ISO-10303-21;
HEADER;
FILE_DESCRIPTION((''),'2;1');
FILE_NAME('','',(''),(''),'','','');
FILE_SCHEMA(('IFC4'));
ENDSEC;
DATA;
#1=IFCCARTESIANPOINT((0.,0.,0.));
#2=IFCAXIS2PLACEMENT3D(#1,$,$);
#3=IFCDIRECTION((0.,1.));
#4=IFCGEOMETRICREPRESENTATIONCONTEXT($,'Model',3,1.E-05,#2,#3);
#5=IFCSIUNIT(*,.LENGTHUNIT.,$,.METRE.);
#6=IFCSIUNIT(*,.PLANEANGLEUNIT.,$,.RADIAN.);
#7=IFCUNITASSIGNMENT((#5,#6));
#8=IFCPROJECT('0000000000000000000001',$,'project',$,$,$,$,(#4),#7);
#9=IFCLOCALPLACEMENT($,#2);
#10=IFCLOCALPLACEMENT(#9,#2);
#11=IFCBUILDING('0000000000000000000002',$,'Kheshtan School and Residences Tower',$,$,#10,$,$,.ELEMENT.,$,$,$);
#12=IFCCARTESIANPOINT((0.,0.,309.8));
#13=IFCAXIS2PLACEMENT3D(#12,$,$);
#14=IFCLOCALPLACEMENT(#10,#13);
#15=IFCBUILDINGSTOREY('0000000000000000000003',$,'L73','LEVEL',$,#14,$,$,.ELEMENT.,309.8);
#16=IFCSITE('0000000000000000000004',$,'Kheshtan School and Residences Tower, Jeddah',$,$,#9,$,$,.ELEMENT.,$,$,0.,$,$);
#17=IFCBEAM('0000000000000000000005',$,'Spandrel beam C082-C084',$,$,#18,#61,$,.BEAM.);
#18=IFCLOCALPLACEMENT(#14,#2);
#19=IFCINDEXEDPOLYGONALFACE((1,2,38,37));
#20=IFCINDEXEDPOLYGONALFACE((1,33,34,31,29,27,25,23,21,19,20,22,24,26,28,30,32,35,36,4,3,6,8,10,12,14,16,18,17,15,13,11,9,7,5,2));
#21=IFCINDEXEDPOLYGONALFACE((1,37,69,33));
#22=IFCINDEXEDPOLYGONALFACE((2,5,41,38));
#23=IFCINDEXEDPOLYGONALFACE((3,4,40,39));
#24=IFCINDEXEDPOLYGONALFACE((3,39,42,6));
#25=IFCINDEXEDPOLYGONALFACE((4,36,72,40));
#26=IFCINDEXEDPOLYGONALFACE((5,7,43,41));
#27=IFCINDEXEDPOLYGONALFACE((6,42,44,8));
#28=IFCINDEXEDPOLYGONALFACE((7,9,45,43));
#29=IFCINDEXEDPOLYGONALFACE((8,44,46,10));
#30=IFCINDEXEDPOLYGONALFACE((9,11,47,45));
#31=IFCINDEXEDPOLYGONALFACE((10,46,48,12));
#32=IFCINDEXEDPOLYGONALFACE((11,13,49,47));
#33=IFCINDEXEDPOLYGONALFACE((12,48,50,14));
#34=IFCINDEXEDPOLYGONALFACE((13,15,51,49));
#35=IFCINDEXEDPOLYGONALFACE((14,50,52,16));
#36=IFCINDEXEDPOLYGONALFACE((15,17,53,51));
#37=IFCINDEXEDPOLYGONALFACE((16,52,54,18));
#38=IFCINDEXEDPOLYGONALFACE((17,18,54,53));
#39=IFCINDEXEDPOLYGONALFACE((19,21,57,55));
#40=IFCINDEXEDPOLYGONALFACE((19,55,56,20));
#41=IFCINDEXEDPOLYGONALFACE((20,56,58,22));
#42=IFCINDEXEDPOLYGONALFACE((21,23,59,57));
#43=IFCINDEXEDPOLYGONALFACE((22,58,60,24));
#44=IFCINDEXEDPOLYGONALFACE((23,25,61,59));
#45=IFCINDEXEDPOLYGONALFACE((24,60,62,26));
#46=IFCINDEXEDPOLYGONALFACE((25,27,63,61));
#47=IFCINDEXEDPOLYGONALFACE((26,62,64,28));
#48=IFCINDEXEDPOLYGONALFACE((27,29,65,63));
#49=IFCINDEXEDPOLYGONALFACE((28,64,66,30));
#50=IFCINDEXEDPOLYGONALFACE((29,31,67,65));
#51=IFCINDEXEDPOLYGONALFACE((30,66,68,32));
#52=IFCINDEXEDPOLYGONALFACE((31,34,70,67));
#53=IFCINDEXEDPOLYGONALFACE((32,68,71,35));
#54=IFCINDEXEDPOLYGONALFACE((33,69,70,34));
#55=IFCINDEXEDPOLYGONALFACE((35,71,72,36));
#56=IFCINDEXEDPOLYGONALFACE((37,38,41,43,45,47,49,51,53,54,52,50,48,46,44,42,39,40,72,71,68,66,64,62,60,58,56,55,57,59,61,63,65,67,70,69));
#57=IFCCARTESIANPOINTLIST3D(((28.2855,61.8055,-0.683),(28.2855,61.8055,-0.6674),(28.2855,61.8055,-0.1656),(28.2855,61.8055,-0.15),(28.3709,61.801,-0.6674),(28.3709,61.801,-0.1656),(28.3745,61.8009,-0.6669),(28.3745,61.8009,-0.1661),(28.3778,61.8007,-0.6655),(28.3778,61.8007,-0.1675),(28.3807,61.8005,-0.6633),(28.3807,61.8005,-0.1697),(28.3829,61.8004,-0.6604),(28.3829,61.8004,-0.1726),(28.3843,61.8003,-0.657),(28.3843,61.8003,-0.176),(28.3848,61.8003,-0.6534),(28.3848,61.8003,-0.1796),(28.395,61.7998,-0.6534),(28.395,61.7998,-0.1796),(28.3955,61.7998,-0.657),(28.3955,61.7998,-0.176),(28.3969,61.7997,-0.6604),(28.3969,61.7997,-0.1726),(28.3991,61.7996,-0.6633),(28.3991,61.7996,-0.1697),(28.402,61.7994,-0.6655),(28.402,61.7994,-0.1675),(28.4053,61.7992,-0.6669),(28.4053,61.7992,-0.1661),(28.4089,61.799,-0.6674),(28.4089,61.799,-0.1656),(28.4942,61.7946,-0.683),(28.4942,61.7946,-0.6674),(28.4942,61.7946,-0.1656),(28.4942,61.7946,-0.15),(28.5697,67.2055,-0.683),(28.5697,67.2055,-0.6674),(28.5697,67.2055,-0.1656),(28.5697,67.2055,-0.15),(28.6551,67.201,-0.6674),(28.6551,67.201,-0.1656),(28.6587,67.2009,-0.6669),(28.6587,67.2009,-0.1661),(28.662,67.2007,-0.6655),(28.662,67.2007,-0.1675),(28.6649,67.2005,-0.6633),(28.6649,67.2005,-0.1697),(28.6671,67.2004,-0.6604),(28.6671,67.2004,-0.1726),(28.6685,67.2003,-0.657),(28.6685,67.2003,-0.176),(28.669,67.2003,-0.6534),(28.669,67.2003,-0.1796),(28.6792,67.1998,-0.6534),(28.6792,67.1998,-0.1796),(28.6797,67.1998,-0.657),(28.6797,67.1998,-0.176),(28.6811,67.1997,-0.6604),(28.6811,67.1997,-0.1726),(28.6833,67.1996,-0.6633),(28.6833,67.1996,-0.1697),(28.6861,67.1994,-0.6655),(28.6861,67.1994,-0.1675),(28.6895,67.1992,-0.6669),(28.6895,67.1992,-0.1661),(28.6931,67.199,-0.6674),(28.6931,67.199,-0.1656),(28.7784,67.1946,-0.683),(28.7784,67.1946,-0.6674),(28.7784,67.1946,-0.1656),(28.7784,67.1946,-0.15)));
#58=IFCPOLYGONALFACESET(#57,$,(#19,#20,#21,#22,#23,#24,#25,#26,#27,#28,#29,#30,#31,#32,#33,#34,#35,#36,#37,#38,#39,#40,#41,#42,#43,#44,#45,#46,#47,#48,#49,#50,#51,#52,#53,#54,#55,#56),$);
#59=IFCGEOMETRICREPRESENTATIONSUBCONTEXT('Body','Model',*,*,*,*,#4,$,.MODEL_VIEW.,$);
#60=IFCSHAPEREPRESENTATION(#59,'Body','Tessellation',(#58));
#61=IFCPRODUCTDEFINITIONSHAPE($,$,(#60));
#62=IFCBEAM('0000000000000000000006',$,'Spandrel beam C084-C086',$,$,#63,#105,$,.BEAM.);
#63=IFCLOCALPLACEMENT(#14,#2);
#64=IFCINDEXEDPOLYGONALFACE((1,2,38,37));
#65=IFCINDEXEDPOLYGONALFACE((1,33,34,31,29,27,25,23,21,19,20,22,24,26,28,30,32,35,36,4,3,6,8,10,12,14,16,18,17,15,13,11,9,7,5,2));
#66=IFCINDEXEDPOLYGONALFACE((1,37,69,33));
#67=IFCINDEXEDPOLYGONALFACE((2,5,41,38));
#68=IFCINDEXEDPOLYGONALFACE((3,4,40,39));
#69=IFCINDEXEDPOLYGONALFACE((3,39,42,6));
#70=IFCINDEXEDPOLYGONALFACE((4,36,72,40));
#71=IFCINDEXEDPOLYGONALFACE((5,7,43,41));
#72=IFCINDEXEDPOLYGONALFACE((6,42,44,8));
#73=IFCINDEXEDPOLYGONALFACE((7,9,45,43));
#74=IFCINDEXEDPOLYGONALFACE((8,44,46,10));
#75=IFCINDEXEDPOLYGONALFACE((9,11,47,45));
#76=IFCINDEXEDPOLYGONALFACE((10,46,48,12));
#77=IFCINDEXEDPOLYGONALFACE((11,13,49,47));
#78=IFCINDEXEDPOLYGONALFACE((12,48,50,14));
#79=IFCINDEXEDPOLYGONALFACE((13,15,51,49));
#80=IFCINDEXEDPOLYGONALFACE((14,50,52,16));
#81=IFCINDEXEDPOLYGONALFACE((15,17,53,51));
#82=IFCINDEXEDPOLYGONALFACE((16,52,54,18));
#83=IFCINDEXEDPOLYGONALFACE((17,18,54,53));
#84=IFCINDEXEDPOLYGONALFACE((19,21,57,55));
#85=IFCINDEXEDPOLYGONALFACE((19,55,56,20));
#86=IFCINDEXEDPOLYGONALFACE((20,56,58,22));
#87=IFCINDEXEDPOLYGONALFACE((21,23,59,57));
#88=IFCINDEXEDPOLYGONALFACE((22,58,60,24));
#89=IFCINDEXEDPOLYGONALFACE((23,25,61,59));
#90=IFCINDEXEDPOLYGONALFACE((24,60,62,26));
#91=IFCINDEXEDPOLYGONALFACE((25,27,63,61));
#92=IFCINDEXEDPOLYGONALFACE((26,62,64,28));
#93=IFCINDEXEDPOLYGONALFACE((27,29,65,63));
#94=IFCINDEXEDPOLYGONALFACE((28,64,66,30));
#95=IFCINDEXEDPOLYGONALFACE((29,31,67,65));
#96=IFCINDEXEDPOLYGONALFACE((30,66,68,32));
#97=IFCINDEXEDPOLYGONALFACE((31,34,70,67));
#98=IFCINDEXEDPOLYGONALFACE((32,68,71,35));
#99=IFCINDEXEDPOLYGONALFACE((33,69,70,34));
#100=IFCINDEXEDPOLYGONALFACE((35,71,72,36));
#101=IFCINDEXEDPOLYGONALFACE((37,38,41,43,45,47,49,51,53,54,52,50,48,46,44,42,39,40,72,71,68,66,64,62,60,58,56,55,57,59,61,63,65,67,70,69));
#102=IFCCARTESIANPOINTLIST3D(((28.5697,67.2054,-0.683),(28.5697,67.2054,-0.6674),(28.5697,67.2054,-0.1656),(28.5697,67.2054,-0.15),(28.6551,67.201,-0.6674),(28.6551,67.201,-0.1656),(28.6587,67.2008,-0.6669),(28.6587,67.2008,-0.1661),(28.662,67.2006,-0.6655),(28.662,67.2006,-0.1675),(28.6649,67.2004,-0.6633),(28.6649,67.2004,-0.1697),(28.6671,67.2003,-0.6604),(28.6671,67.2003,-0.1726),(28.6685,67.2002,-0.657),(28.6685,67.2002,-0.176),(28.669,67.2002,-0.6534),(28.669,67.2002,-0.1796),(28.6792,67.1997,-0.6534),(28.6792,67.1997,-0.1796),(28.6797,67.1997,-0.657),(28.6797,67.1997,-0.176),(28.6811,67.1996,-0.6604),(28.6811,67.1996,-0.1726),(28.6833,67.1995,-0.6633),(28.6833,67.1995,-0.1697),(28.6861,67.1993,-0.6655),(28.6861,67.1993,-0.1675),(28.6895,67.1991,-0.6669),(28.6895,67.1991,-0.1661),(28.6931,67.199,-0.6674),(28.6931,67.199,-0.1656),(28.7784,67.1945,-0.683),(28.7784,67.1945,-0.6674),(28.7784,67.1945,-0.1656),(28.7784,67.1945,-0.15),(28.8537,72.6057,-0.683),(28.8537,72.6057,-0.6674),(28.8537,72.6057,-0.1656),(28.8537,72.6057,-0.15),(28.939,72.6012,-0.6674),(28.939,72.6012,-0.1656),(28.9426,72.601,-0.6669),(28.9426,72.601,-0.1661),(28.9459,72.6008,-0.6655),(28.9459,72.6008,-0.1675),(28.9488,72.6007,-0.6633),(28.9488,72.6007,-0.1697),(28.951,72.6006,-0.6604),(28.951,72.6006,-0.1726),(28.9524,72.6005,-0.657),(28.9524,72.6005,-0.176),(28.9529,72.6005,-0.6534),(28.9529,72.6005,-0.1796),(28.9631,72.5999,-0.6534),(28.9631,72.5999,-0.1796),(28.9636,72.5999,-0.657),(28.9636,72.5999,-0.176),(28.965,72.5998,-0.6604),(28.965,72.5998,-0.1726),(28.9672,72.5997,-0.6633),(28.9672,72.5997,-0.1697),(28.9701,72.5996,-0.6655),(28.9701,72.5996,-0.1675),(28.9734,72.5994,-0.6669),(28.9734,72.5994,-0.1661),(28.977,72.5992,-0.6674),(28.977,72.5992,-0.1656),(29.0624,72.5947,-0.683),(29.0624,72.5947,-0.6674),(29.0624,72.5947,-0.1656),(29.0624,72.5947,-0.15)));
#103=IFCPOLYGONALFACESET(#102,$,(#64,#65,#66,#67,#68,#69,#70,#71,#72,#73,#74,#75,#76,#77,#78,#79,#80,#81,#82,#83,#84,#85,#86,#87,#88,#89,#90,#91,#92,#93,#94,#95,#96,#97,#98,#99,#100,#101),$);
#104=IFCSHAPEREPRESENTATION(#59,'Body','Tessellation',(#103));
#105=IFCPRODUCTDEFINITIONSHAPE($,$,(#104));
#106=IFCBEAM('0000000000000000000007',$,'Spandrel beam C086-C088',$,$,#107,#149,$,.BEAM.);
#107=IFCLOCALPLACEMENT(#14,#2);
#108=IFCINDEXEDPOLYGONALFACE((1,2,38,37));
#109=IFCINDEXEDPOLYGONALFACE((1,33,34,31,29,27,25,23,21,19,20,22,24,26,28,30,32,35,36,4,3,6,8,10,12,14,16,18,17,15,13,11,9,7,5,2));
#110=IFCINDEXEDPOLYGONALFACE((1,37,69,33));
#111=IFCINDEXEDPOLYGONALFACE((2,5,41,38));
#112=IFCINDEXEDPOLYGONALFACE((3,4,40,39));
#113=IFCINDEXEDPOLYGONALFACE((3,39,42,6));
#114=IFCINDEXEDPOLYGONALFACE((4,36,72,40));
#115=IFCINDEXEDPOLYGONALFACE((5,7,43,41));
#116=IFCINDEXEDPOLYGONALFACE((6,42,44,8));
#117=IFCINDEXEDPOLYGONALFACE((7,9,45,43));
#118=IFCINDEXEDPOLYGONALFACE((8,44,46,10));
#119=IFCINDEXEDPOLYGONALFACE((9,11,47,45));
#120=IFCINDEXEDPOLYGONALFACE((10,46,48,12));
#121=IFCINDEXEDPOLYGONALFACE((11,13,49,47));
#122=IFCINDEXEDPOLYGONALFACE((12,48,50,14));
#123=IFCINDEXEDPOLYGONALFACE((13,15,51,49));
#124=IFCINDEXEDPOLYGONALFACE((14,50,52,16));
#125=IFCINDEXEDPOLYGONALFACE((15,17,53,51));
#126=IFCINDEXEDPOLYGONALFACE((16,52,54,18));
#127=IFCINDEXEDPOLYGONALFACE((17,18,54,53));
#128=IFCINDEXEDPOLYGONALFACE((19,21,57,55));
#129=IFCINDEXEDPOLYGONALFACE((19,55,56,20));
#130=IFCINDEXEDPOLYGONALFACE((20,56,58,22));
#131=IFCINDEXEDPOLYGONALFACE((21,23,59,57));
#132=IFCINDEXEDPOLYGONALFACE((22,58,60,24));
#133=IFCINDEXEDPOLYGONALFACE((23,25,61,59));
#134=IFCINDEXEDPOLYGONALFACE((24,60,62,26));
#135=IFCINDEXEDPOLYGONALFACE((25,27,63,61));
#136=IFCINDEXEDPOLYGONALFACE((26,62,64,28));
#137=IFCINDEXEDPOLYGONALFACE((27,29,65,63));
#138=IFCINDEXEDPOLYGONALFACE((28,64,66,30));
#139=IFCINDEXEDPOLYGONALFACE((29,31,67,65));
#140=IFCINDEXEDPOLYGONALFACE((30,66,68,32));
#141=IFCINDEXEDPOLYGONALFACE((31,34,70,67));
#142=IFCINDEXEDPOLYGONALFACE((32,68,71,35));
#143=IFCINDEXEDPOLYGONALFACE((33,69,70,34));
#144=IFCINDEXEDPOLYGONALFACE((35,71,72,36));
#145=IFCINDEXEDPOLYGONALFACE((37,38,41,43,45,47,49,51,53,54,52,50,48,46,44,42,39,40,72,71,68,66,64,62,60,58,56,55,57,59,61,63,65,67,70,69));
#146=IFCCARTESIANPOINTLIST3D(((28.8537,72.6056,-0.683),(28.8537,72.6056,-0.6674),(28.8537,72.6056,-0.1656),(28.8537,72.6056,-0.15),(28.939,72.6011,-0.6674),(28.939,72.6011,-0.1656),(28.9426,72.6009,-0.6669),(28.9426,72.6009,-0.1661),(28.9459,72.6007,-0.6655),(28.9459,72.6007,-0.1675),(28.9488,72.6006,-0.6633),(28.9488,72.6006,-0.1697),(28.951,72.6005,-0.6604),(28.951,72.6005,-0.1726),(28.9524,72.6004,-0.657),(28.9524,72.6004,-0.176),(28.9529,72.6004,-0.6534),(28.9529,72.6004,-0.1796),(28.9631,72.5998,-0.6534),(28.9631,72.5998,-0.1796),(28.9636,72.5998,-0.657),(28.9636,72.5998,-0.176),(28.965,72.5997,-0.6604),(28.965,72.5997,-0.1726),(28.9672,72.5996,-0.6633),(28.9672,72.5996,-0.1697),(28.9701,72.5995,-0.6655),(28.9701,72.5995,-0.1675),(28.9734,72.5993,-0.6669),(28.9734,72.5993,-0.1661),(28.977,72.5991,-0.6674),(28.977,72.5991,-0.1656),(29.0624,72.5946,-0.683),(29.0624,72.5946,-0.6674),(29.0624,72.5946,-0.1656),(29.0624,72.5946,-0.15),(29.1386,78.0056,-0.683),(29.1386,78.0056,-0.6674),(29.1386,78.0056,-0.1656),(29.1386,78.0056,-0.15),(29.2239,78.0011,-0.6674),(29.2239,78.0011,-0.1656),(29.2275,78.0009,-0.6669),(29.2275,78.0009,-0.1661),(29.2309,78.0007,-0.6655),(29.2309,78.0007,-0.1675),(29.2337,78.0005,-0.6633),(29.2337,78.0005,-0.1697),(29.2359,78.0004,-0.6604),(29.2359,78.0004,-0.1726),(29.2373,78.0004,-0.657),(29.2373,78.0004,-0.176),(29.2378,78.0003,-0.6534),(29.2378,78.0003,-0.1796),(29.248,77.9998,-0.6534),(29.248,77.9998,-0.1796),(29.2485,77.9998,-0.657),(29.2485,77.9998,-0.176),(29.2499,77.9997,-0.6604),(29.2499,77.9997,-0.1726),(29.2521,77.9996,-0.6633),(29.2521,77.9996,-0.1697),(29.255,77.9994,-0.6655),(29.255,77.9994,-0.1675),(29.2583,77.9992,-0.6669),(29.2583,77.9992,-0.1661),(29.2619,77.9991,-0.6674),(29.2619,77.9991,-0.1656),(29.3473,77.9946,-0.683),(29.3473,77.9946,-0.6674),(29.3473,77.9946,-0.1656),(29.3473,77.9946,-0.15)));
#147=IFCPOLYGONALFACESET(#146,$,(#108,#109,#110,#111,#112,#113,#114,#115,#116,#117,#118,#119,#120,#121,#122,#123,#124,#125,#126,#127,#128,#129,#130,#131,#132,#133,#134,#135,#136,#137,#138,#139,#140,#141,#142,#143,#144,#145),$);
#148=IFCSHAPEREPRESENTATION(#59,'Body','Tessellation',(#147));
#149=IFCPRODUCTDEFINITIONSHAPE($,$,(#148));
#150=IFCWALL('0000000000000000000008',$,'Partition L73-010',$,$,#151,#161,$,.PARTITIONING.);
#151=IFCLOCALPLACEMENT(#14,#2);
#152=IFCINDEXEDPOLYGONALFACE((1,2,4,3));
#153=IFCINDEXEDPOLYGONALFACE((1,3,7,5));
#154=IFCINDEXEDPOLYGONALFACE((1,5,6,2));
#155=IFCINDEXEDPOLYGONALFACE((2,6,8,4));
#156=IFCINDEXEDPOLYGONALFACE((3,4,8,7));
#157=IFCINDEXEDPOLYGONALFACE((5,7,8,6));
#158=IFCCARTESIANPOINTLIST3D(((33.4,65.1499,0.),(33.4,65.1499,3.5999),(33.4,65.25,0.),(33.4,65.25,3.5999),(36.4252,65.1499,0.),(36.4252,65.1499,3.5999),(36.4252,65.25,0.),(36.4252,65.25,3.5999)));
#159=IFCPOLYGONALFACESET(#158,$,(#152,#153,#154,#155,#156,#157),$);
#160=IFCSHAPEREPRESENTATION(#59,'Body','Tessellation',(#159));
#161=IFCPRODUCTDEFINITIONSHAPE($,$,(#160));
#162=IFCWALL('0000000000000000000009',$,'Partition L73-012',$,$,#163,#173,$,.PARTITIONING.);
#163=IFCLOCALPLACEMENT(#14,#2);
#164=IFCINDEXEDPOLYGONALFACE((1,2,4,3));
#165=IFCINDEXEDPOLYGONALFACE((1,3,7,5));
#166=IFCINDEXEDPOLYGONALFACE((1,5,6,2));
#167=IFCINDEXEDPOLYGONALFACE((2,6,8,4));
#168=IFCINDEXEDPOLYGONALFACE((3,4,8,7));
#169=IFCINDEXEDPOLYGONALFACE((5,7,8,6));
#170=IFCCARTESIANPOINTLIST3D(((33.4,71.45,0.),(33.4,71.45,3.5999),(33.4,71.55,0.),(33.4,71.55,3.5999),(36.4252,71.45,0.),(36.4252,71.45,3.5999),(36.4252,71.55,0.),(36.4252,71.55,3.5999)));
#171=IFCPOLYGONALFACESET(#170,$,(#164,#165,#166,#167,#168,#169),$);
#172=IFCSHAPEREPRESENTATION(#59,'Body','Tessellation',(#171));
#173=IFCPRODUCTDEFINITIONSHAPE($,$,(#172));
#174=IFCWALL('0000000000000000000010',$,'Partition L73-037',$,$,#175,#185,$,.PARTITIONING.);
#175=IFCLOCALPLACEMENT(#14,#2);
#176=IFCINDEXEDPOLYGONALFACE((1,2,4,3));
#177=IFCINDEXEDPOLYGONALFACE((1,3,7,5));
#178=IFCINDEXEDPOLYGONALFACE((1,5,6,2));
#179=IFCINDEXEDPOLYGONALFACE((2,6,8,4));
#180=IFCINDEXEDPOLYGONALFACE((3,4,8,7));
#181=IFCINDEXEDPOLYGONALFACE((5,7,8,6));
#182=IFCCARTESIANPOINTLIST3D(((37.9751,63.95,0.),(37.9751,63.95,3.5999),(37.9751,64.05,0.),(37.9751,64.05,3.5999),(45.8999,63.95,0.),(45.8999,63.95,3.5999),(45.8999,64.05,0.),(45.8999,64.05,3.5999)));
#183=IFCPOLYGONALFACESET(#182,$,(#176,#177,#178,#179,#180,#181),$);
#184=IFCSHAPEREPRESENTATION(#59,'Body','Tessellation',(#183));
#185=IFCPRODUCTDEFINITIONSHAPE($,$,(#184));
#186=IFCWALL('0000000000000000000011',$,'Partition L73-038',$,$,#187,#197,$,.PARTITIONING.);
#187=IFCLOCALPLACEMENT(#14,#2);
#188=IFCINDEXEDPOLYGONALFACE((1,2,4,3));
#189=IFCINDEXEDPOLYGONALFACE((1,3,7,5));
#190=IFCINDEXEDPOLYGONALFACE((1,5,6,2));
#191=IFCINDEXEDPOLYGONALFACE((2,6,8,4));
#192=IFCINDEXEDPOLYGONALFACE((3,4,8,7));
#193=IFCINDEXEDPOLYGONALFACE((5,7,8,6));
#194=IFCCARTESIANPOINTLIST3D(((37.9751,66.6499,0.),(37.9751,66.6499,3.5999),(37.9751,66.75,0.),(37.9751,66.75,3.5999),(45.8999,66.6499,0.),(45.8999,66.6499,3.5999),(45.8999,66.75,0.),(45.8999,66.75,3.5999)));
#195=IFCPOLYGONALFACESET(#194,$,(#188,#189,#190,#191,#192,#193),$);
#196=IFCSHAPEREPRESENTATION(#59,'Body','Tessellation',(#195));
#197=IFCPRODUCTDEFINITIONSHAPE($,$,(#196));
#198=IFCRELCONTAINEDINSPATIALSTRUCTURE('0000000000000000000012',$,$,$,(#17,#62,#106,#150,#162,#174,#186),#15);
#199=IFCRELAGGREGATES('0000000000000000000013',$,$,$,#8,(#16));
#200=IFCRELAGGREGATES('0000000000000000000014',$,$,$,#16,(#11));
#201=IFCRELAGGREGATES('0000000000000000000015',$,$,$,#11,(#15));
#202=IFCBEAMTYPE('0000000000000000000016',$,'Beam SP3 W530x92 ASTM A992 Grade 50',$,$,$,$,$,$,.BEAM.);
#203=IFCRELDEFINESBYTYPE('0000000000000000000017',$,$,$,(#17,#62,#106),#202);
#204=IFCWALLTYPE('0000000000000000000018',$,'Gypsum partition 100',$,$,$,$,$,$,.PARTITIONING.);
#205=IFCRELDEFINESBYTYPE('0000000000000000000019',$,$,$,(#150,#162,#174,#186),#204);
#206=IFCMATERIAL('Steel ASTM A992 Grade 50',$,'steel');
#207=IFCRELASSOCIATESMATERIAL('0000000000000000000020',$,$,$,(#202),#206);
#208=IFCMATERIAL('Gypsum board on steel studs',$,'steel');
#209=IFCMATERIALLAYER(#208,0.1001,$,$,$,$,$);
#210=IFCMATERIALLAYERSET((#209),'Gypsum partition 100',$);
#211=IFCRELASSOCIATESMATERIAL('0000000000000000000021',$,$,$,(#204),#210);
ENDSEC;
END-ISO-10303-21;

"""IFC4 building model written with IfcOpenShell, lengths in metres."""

from ifc_helpers import new_model, si_unit, direction, frame, frame_2d, origin, origin_2d, place, context, subcontext, project, spatial, rectangle, i_section, extrude, material, layer, layer_set, material_profile, profile_set, type_object, element, save


model = new_model("IFC4")

# Units and contexts
model_context = context("Model", 3, precision=1e-05, world=origin(), true_north=direction((0.0, 1.0)))
body_context = subcontext(model_context, "Body", "Model", "MODEL_VIEW")
ifc_project = project(units=[si_unit("LENGTHUNIT", "METRE"), si_unit("PLANEANGLEUNIT", "RADIAN")], contexts=[model_context])

# Site, building, storey
site_placement = place(None, origin())
site = spatial("IfcSite", under=ifc_project, at=site_placement, Name="Kheshtan School and Residences Tower, Jeddah", CompositionType="ELEMENT", RefElevation=0.0)
building_placement = place(site_placement, origin())
building = spatial("IfcBuilding", under=site, at=building_placement, Name="Kheshtan School and Residences Tower", CompositionType="ELEMENT")
storey_placement = place(building_placement, frame((0.0, 0.0, 309.8)))
storey = spatial("IfcBuildingStorey", under=building, at=storey_placement, Name="L73", Description="LEVEL", CompositionType="ELEMENT", Elevation=309.8)

# Shared definitions
ifc_material_1 = material(Name="Steel ASTM A992 Grade 50", Category="steel")

# Beams
ifc_material_profile_1 = material_profile(ifc_material_1, i_section(OverallWidth=0.209, OverallDepth=0.533, WebThickness=0.0103, FlangeThickness=0.0156, FilletRadius=0.0139, at=origin_2d()), Name="W530x92")
ifc_profile_set_1 = profile_set([ifc_material_profile_1], Name="Steel ASTM A992 Grade 50")
beam_type_1 = type_object("IfcBeamType", Name="Beam SP3 W530x92 ASTM A992 Grade 50", PredefinedType="BEAM", material=ifc_profile_set_1)
beam_1_placement = place(storey_placement, frame((28.3899, 61.8, -0.4165), z_axis=(0.052554, 0.998618, 0.0), x_axis=(-0.998618, 0.052554, 0.0)))
element("IfcBeam", 1, at=beam_1_placement, inside=storey, type_object=beam_type_1, Name="Spandrel beam C082-C084", PredefinedType="BEAM", context=body_context, shape_type="SweptSolid", body=[
    extrude(i_section(OverallWidth=0.209, OverallDepth=0.533, WebThickness=0.0103, FlangeThickness=0.0156, FilletRadius=0.0139, at=origin_2d()), origin(), (0.0, 0.0, 1.0), 5.4075),
])
beam_2_placement = place(storey_placement, frame((28.6741, 67.2, -0.4165), z_axis=(0.052507, 0.998621, 0.0), x_axis=(-0.998621, 0.052507, 0.0)))
element("IfcBeam", 2, at=beam_2_placement, inside=storey, type_object=beam_type_1, Name="Spandrel beam C084-C086", PredefinedType="BEAM", context=body_context, shape_type="SweptSolid", body=[
    extrude(i_section(OverallWidth=0.209, OverallDepth=0.533, WebThickness=0.0103, FlangeThickness=0.0156, FilletRadius=0.0139, at=origin_2d()), origin(), (0.0, 0.0, 1.0), 5.4077),
])
beam_3_placement = place(storey_placement, frame((28.958, 72.6001, -0.4165), z_axis=(0.052689, 0.998611, 0.0), x_axis=(-0.998611, 0.052689, 0.0)))
element("IfcBeam", 3, at=beam_3_placement, inside=storey, type_object=beam_type_1, Name="Spandrel beam C086-C088", PredefinedType="BEAM", context=body_context, shape_type="SweptSolid", body=[
    extrude(i_section(OverallWidth=0.209, OverallDepth=0.533, WebThickness=0.0103, FlangeThickness=0.0156, FilletRadius=0.0139, at=origin_2d()), origin(), (0.0, 0.0, 1.0), 5.4075),
])

# Walls
ifc_material_2 = material(Name="Gypsum board on steel studs", Category="steel")
ifc_layer_1 = layer(ifc_material_2, 0.1001)
ifc_layer_set_1 = layer_set([ifc_layer_1], Name="Gypsum partition 100")
wall_type_1 = type_object("IfcWallType", Name="Gypsum partition 100", PredefinedType="PARTITIONING", material=ifc_layer_set_1)
for number, where, z_axis, x_axis, name in (
    (4, (33.3999, 65.2, 0.0), (0.0, 0.0, 1.0), (1.0, 0.0, 0.0), "Partition L73-010"),
    (5, (33.3999, 71.5, 0.0), (0.0, 0.0, 1.0), (1.0, 0.0, 0.0), "Partition L73-012"),
):
    element("IfcWall", number, at=place(storey_placement, frame(where, z_axis=z_axis, x_axis=x_axis)), inside=storey, type_object=wall_type_1, Name=name, PredefinedType="PARTITIONING", context=body_context, shape_type="SweptSolid", body=[
        extrude(rectangle(XDim=3.0251, YDim=0.1001, at=frame_2d((1.5127, 0.0))), origin(), (0.0, 0.0, 1.0), 3.5999),
    ])
for number, where, z_axis, x_axis, name in (
    (6, (37.9751, 64.0, 0.0), (0.0, 0.0, 1.0), (1.0, 0.0, 0.0), "Partition L73-037"),
    (7, (37.9751, 66.7, 0.0), (0.0, 0.0, 1.0), (1.0, 0.0, 0.0), "Partition L73-038"),
):
    element("IfcWall", number, at=place(storey_placement, frame(where, z_axis=z_axis, x_axis=x_axis)), inside=storey, type_object=wall_type_1, Name=name, PredefinedType="PARTITIONING", context=body_context, shape_type="SweptSolid", body=[
        extrude(rectangle(XDim=7.9248, YDim=0.1001, at=frame_2d((3.9624, 0.0))), origin(), (0.0, 0.0, 1.0), 3.5999),
    ])

save(model, "model.ifc")
